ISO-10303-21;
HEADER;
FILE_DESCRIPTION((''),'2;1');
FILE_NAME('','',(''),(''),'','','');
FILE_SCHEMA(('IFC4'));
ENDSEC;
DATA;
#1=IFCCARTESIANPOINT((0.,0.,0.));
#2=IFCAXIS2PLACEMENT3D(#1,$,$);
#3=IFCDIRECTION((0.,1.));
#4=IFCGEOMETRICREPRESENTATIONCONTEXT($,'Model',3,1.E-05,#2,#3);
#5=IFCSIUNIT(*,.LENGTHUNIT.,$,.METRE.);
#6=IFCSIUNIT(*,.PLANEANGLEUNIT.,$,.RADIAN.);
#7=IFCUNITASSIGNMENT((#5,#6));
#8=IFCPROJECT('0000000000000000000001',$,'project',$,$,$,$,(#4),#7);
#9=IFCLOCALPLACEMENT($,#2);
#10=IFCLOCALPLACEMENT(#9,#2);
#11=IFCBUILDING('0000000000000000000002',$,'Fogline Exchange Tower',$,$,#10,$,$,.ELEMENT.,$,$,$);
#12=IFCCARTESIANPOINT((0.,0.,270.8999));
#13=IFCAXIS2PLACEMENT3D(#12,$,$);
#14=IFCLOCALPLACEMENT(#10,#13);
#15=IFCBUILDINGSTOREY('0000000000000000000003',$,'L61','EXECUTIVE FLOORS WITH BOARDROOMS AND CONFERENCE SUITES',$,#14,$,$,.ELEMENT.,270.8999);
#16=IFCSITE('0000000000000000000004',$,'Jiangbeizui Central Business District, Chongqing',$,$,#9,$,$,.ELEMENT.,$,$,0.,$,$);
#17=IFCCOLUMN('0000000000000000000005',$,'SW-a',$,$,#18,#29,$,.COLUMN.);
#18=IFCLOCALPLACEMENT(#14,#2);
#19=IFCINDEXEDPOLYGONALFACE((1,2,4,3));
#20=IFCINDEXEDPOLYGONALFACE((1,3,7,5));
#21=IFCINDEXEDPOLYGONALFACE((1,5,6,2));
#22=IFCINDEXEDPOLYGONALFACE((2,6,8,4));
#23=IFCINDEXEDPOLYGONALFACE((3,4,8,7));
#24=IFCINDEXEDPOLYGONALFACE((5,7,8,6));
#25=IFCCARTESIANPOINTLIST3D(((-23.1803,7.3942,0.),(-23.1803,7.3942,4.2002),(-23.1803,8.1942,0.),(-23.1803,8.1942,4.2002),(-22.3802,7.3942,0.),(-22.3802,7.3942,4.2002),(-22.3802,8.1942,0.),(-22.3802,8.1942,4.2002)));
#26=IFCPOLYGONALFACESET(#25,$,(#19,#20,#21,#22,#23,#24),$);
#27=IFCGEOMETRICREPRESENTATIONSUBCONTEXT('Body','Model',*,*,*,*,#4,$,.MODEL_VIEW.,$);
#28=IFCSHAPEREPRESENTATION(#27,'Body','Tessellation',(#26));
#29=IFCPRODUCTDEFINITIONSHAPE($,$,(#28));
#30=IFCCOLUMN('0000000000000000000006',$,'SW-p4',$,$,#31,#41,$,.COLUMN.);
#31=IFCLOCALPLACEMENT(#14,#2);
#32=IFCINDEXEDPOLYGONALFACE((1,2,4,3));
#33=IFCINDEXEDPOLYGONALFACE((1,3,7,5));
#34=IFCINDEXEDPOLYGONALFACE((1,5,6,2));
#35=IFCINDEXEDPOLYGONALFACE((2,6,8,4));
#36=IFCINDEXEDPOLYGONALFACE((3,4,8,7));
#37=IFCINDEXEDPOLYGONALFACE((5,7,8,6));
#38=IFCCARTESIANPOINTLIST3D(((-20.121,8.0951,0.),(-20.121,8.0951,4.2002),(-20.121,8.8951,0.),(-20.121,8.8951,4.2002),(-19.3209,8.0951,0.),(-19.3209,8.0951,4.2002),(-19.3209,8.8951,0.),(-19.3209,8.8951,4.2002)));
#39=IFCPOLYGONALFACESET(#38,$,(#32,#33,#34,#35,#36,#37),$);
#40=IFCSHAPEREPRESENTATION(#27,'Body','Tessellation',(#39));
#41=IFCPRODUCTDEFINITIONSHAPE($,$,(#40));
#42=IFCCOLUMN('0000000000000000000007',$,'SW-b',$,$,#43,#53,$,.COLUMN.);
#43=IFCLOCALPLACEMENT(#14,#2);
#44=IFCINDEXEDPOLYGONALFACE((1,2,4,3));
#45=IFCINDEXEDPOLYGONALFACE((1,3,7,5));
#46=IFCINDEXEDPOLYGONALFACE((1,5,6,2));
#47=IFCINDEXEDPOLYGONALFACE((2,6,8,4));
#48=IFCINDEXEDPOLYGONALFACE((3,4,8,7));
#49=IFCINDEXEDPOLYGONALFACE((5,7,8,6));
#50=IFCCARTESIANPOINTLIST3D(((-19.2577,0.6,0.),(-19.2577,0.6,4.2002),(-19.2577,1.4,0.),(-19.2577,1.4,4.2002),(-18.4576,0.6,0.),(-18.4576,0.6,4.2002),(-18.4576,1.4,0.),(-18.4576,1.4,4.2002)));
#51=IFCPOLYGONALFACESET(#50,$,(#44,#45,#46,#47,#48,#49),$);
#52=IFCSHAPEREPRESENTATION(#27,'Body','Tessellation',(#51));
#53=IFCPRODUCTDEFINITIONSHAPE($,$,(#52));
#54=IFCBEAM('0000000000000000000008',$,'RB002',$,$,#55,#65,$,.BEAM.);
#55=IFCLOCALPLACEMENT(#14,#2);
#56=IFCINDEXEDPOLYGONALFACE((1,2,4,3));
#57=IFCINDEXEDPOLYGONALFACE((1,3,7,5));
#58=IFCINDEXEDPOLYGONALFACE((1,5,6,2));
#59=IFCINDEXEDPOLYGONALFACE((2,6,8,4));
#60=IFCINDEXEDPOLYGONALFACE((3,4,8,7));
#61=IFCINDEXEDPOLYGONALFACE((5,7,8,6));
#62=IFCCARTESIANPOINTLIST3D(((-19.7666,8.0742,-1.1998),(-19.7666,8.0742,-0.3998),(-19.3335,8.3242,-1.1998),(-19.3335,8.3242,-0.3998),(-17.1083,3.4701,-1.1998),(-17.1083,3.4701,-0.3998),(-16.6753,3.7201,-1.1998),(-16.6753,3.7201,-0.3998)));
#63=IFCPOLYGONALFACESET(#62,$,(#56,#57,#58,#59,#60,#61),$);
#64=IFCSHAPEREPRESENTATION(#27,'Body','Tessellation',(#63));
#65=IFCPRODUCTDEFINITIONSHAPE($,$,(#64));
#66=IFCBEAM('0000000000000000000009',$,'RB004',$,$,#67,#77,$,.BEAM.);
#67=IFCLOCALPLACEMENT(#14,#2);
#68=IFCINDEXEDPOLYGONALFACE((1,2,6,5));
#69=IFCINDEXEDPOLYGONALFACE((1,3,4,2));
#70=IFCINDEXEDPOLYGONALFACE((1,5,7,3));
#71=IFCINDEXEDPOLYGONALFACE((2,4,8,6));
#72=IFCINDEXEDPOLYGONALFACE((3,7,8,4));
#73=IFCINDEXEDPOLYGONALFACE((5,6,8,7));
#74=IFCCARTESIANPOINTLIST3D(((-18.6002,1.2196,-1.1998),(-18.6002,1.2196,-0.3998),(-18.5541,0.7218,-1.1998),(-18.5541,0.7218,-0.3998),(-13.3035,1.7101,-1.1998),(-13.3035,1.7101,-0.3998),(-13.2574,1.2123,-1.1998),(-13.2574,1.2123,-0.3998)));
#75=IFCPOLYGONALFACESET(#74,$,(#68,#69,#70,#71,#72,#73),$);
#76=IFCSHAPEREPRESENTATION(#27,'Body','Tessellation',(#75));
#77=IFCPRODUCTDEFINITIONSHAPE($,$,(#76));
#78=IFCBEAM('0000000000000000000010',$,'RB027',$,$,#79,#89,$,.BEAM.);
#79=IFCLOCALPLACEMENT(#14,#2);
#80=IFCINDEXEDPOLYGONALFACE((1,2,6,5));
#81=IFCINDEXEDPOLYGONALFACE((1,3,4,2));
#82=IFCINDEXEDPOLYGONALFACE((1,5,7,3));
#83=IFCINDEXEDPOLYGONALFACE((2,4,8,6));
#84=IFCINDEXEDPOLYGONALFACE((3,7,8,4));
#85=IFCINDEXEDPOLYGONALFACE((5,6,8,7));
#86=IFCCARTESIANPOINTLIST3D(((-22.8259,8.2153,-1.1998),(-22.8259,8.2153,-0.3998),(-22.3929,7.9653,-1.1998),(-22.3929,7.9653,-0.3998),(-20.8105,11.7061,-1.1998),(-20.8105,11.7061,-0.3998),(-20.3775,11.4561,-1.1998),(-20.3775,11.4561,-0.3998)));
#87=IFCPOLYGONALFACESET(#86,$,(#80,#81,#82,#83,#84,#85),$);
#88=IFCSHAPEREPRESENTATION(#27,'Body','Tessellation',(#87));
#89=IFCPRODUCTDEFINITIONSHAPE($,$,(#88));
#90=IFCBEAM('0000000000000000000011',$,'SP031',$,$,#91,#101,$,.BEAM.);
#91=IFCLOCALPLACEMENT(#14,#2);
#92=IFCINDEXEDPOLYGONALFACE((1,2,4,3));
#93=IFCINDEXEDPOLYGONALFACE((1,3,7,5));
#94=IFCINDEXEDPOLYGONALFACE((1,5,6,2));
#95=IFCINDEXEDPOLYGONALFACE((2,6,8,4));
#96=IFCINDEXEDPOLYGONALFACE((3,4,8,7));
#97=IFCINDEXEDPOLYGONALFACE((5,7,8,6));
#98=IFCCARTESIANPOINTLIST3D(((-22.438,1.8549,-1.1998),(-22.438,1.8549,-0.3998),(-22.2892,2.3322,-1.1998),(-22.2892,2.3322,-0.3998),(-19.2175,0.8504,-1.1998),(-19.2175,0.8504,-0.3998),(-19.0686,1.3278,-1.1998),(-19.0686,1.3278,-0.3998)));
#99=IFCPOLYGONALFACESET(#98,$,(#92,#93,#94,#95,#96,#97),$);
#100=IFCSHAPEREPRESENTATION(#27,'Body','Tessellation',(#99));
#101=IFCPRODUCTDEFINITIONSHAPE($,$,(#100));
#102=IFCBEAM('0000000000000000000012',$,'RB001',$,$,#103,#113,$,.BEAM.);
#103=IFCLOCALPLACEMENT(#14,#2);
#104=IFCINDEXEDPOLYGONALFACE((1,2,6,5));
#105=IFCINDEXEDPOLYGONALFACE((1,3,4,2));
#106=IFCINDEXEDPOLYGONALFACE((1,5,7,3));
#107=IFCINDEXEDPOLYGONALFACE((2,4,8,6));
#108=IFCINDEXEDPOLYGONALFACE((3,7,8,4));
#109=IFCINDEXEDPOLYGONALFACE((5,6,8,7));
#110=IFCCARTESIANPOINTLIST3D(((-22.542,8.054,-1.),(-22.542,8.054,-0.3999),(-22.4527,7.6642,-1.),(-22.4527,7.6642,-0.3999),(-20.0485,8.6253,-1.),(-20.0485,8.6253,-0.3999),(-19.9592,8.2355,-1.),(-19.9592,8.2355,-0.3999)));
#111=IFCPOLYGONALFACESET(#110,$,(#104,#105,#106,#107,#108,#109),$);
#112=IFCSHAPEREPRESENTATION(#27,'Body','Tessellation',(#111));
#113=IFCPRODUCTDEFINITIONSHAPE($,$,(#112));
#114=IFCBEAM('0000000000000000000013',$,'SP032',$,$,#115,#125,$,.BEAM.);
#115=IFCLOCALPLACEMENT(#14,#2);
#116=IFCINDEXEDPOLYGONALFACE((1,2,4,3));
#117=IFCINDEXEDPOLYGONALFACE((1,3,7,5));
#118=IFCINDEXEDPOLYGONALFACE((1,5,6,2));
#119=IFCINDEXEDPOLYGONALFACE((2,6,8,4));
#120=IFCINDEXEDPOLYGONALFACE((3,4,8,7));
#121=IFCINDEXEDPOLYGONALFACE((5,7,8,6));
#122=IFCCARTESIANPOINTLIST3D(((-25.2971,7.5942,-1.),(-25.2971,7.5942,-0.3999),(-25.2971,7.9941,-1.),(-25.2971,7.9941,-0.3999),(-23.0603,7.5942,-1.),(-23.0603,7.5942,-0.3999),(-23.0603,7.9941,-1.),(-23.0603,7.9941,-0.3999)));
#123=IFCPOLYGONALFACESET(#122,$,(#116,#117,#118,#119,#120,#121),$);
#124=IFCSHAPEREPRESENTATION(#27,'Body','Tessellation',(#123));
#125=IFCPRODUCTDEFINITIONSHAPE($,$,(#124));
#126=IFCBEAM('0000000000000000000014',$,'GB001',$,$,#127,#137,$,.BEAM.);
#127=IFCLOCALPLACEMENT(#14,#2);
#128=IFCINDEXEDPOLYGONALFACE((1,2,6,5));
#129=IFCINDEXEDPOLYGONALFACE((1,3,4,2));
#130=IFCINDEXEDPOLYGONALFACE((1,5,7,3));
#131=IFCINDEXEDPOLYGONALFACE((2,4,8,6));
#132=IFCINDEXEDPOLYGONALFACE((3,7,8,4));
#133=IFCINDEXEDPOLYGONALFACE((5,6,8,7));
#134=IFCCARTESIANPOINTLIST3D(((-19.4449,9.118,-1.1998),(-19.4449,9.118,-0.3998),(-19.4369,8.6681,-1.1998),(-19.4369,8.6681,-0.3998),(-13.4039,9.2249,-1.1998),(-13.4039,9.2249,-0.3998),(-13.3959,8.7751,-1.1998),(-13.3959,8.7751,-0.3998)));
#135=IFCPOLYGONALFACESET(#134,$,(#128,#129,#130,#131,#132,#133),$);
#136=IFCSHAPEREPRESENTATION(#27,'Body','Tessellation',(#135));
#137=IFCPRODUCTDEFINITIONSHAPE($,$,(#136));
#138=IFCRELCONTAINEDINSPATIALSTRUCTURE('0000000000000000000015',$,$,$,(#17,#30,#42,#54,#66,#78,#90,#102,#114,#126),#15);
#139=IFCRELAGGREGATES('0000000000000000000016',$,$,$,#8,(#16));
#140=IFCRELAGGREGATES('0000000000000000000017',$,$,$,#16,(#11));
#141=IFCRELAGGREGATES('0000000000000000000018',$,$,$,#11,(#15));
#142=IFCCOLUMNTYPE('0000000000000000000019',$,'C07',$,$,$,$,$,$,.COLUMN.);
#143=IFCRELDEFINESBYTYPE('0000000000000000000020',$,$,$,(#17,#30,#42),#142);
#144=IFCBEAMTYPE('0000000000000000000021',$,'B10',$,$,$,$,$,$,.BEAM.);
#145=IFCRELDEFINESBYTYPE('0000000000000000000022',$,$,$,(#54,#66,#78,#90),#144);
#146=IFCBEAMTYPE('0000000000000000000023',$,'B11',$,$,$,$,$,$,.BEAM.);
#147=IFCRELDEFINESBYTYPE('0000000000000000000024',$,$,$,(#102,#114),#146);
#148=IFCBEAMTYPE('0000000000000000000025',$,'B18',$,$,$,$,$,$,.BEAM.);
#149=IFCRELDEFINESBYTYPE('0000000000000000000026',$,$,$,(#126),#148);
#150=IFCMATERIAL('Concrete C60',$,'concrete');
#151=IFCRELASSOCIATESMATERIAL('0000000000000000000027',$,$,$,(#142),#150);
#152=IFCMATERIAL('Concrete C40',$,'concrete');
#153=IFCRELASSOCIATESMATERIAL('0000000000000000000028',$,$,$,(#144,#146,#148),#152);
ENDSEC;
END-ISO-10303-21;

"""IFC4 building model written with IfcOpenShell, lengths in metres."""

from ifc_helpers import new_model, si_unit, direction, frame, origin, origin_2d, place, context, subcontext, project, spatial, rectangle, extrude, material, material_profile, profile_set, type_object, element, save


model = new_model("IFC4")

# Units and contexts
model_context = context("Model", 3, precision=1e-05, world=origin(), true_north=direction((0.0, 1.0)))
body_context = subcontext(model_context, "Body", "Model", "MODEL_VIEW")
ifc_project = project(units=[si_unit("LENGTHUNIT", "METRE"), si_unit("PLANEANGLEUNIT", "RADIAN")], contexts=[model_context])

# Site, building, storey
site_placement = place(None, origin())
site = spatial("IfcSite", under=ifc_project, at=site_placement, Name="Jiangbeizui Central Business District, Chongqing", CompositionType="ELEMENT", RefElevation=0.0)
building_placement = place(site_placement, origin())
building = spatial("IfcBuilding", under=site, at=building_placement, Name="Fogline Exchange Tower", CompositionType="ELEMENT")
storey_placement = place(building_placement, frame((0.0, 0.0, 270.8999)))
storey = spatial("IfcBuildingStorey", under=building, at=storey_placement, Name="L61", Description="EXECUTIVE FLOORS WITH BOARDROOMS AND CONFERENCE SUITES", CompositionType="ELEMENT", Elevation=270.8999)

# Columns
ifc_material_1 = material(Name="Concrete C60", Category="concrete")
ifc_material_profile_1 = material_profile(ifc_material_1, rectangle(XDim=0.8, YDim=0.8, at=origin_2d()), Name="RC 800x800")
ifc_profile_set_1 = profile_set([ifc_material_profile_1], Name="Concrete C60")
column_type = type_object("IfcColumnType", Name="C07", PredefinedType="COLUMN", material=ifc_profile_set_1)
for number, where, z_axis, x_axis, name in (
    (1, (-22.7803, 7.7942, 0.0), (0.0, 0.0, 1.0), (1.0, 0.0, 0.0), "SW-a"),
    (2, (-19.7209, 8.4951, 0.0), (0.0, 0.0, 1.0), (1.0, 0.0, 0.0), "SW-p4"),
    (3, (-18.8577, 1.0, 0.0), (0.0, 0.0, 1.0), (1.0, 0.0, 0.0), "SW-b"),
):
    element("IfcColumn", number, at=place(storey_placement, frame(where, z_axis=z_axis, x_axis=x_axis)), inside=storey, type_object=column_type, Name=name, PredefinedType="COLUMN", context=body_context, shape_type="SweptSolid", body=[
        extrude(rectangle(XDim=0.8, YDim=0.8, at=origin_2d()), origin(), (0.0, 0.0, 1.0), 4.2002),
    ])

# Beams
ifc_material_2 = material(Name="Concrete C40", Category="concrete")
ifc_material_profile_2 = material_profile(ifc_material_2, rectangle(XDim=0.5, YDim=0.8, at=origin_2d()), Name="RC 500x800")
ifc_profile_set_2 = profile_set([ifc_material_profile_2], Name="Concrete C40")
beam_type_1 = type_object("IfcBeamType", Name="B10", PredefinedType="BEAM", material=ifc_profile_set_2)
beam_1_placement = place(storey_placement, frame((-19.55, 8.1992, -0.7998), z_axis=(0.500011, -0.866019, 0.0), x_axis=(0.866019, 0.500011, 0.0)))
element("IfcBeam", 4, at=beam_1_placement, inside=storey, type_object=beam_type_1, Name="RB002", PredefinedType="BEAM", context=body_context, shape_type="SweptSolid", body=[
    extrude(rectangle(XDim=0.5, YDim=0.8, at=origin_2d()), origin(), (0.0, 0.0, 1.0), 5.3164),
])
beam_2_placement = place(storey_placement, frame((-18.5771, 0.9707, -0.7998), z_axis=(0.99574, 0.092207, 0.0), x_axis=(-0.092207, 0.99574, 0.0)))
element("IfcBeam", 5, at=beam_2_placement, inside=storey, type_object=beam_type_1, Name="RB004", PredefinedType="BEAM", context=body_context, shape_type="SweptSolid", body=[
    extrude(rectangle(XDim=0.5, YDim=0.8, at=origin_2d()), origin(), (0.0, 0.0, 1.0), 5.3193),
])
beam_3_placement = place(storey_placement, frame((-20.594, 11.5811, -0.7998), z_axis=(-0.500002, -0.866024, 0.0), x_axis=(0.866024, -0.500002, 0.0)))
element("IfcBeam", 6, at=beam_3_placement, inside=storey, type_object=beam_type_1, Name="RB027", PredefinedType="BEAM", context=body_context, shape_type="SweptSolid", body=[
    extrude(rectangle(XDim=0.5, YDim=0.8, at=origin_2d()), origin(), (0.0, 0.0, 1.0), 4.0308),
])
beam_4_placement = place(storey_placement, frame((-19.1431, 1.0891, -0.7998), z_axis=(-0.954649, 0.297735, 0.0), x_axis=(-0.297735, -0.954649, 0.0)))
element("IfcBeam", 7, at=beam_4_placement, inside=storey, type_object=beam_type_1, Name="SP031", PredefinedType="BEAM", context=body_context, shape_type="SweptSolid", body=[
    extrude(rectangle(XDim=0.5, YDim=0.8, at=origin_2d()), origin(), (0.0, 0.0, 1.0), 3.3735),
])
ifc_material_profile_3 = material_profile(ifc_material_2, rectangle(XDim=0.3999, YDim=0.6001, at=origin_2d()), Name="RC 400x600")
ifc_profile_set_3 = profile_set([ifc_material_profile_3], Name="Concrete C40")
beam_type_2 = type_object("IfcBeamType", Name="B11", PredefinedType="BEAM", material=ifc_profile_set_3)
beam_5_placement = place(storey_placement, frame((-22.4973, 7.8591, -0.7), z_axis=(0.974742, 0.223333, 0.0), x_axis=(-0.223333, 0.974742, 0.0)))
element("IfcBeam", 8, at=beam_5_placement, inside=storey, type_object=beam_type_2, Name="RB001", PredefinedType="BEAM", context=body_context, shape_type="SweptSolid", body=[
    extrude(rectangle(XDim=0.3999, YDim=0.6001, at=origin_2d()), origin(), (0.0, 0.0, 1.0), 2.5581),
])
beam_6_placement = place(storey_placement, frame((-23.0603, 7.7942, -0.7), z_axis=(-1.0, 0.0, 0.0), x_axis=(0.0, -1.0, 0.0)))
element("IfcBeam", 9, at=beam_6_placement, inside=storey, type_object=beam_type_2, Name="SP032", PredefinedType="BEAM", context=body_context, shape_type="SweptSolid", body=[
    extrude(rectangle(XDim=0.3999, YDim=0.6001, at=origin_2d()), origin(), (0.0, 0.0, 1.0), 2.2368),
])
ifc_material_profile_4 = material_profile(ifc_material_2, rectangle(XDim=0.45, YDim=0.8, at=origin_2d()), Name="RC 450x800")
ifc_profile_set_4 = profile_set([ifc_material_profile_4], Name="Concrete C40")
beam_type_3 = type_object("IfcBeamType", Name="B18", PredefinedType="BEAM", material=ifc_profile_set_4)
beam_7_placement = place(storey_placement, frame((-19.4409, 8.8931, -0.7998), z_axis=(0.999843, 0.017698, 0.0), x_axis=(-0.017698, 0.999843, 0.0)))
element("IfcBeam", 10, at=beam_7_placement, inside=storey, type_object=beam_type_3, Name="GB001", PredefinedType="BEAM", context=body_context, shape_type="SweptSolid", body=[
    extrude(rectangle(XDim=0.45, YDim=0.8, at=origin_2d()), origin(), (0.0, 0.0, 1.0), 6.042),
])

save(model, "model.ifc")
